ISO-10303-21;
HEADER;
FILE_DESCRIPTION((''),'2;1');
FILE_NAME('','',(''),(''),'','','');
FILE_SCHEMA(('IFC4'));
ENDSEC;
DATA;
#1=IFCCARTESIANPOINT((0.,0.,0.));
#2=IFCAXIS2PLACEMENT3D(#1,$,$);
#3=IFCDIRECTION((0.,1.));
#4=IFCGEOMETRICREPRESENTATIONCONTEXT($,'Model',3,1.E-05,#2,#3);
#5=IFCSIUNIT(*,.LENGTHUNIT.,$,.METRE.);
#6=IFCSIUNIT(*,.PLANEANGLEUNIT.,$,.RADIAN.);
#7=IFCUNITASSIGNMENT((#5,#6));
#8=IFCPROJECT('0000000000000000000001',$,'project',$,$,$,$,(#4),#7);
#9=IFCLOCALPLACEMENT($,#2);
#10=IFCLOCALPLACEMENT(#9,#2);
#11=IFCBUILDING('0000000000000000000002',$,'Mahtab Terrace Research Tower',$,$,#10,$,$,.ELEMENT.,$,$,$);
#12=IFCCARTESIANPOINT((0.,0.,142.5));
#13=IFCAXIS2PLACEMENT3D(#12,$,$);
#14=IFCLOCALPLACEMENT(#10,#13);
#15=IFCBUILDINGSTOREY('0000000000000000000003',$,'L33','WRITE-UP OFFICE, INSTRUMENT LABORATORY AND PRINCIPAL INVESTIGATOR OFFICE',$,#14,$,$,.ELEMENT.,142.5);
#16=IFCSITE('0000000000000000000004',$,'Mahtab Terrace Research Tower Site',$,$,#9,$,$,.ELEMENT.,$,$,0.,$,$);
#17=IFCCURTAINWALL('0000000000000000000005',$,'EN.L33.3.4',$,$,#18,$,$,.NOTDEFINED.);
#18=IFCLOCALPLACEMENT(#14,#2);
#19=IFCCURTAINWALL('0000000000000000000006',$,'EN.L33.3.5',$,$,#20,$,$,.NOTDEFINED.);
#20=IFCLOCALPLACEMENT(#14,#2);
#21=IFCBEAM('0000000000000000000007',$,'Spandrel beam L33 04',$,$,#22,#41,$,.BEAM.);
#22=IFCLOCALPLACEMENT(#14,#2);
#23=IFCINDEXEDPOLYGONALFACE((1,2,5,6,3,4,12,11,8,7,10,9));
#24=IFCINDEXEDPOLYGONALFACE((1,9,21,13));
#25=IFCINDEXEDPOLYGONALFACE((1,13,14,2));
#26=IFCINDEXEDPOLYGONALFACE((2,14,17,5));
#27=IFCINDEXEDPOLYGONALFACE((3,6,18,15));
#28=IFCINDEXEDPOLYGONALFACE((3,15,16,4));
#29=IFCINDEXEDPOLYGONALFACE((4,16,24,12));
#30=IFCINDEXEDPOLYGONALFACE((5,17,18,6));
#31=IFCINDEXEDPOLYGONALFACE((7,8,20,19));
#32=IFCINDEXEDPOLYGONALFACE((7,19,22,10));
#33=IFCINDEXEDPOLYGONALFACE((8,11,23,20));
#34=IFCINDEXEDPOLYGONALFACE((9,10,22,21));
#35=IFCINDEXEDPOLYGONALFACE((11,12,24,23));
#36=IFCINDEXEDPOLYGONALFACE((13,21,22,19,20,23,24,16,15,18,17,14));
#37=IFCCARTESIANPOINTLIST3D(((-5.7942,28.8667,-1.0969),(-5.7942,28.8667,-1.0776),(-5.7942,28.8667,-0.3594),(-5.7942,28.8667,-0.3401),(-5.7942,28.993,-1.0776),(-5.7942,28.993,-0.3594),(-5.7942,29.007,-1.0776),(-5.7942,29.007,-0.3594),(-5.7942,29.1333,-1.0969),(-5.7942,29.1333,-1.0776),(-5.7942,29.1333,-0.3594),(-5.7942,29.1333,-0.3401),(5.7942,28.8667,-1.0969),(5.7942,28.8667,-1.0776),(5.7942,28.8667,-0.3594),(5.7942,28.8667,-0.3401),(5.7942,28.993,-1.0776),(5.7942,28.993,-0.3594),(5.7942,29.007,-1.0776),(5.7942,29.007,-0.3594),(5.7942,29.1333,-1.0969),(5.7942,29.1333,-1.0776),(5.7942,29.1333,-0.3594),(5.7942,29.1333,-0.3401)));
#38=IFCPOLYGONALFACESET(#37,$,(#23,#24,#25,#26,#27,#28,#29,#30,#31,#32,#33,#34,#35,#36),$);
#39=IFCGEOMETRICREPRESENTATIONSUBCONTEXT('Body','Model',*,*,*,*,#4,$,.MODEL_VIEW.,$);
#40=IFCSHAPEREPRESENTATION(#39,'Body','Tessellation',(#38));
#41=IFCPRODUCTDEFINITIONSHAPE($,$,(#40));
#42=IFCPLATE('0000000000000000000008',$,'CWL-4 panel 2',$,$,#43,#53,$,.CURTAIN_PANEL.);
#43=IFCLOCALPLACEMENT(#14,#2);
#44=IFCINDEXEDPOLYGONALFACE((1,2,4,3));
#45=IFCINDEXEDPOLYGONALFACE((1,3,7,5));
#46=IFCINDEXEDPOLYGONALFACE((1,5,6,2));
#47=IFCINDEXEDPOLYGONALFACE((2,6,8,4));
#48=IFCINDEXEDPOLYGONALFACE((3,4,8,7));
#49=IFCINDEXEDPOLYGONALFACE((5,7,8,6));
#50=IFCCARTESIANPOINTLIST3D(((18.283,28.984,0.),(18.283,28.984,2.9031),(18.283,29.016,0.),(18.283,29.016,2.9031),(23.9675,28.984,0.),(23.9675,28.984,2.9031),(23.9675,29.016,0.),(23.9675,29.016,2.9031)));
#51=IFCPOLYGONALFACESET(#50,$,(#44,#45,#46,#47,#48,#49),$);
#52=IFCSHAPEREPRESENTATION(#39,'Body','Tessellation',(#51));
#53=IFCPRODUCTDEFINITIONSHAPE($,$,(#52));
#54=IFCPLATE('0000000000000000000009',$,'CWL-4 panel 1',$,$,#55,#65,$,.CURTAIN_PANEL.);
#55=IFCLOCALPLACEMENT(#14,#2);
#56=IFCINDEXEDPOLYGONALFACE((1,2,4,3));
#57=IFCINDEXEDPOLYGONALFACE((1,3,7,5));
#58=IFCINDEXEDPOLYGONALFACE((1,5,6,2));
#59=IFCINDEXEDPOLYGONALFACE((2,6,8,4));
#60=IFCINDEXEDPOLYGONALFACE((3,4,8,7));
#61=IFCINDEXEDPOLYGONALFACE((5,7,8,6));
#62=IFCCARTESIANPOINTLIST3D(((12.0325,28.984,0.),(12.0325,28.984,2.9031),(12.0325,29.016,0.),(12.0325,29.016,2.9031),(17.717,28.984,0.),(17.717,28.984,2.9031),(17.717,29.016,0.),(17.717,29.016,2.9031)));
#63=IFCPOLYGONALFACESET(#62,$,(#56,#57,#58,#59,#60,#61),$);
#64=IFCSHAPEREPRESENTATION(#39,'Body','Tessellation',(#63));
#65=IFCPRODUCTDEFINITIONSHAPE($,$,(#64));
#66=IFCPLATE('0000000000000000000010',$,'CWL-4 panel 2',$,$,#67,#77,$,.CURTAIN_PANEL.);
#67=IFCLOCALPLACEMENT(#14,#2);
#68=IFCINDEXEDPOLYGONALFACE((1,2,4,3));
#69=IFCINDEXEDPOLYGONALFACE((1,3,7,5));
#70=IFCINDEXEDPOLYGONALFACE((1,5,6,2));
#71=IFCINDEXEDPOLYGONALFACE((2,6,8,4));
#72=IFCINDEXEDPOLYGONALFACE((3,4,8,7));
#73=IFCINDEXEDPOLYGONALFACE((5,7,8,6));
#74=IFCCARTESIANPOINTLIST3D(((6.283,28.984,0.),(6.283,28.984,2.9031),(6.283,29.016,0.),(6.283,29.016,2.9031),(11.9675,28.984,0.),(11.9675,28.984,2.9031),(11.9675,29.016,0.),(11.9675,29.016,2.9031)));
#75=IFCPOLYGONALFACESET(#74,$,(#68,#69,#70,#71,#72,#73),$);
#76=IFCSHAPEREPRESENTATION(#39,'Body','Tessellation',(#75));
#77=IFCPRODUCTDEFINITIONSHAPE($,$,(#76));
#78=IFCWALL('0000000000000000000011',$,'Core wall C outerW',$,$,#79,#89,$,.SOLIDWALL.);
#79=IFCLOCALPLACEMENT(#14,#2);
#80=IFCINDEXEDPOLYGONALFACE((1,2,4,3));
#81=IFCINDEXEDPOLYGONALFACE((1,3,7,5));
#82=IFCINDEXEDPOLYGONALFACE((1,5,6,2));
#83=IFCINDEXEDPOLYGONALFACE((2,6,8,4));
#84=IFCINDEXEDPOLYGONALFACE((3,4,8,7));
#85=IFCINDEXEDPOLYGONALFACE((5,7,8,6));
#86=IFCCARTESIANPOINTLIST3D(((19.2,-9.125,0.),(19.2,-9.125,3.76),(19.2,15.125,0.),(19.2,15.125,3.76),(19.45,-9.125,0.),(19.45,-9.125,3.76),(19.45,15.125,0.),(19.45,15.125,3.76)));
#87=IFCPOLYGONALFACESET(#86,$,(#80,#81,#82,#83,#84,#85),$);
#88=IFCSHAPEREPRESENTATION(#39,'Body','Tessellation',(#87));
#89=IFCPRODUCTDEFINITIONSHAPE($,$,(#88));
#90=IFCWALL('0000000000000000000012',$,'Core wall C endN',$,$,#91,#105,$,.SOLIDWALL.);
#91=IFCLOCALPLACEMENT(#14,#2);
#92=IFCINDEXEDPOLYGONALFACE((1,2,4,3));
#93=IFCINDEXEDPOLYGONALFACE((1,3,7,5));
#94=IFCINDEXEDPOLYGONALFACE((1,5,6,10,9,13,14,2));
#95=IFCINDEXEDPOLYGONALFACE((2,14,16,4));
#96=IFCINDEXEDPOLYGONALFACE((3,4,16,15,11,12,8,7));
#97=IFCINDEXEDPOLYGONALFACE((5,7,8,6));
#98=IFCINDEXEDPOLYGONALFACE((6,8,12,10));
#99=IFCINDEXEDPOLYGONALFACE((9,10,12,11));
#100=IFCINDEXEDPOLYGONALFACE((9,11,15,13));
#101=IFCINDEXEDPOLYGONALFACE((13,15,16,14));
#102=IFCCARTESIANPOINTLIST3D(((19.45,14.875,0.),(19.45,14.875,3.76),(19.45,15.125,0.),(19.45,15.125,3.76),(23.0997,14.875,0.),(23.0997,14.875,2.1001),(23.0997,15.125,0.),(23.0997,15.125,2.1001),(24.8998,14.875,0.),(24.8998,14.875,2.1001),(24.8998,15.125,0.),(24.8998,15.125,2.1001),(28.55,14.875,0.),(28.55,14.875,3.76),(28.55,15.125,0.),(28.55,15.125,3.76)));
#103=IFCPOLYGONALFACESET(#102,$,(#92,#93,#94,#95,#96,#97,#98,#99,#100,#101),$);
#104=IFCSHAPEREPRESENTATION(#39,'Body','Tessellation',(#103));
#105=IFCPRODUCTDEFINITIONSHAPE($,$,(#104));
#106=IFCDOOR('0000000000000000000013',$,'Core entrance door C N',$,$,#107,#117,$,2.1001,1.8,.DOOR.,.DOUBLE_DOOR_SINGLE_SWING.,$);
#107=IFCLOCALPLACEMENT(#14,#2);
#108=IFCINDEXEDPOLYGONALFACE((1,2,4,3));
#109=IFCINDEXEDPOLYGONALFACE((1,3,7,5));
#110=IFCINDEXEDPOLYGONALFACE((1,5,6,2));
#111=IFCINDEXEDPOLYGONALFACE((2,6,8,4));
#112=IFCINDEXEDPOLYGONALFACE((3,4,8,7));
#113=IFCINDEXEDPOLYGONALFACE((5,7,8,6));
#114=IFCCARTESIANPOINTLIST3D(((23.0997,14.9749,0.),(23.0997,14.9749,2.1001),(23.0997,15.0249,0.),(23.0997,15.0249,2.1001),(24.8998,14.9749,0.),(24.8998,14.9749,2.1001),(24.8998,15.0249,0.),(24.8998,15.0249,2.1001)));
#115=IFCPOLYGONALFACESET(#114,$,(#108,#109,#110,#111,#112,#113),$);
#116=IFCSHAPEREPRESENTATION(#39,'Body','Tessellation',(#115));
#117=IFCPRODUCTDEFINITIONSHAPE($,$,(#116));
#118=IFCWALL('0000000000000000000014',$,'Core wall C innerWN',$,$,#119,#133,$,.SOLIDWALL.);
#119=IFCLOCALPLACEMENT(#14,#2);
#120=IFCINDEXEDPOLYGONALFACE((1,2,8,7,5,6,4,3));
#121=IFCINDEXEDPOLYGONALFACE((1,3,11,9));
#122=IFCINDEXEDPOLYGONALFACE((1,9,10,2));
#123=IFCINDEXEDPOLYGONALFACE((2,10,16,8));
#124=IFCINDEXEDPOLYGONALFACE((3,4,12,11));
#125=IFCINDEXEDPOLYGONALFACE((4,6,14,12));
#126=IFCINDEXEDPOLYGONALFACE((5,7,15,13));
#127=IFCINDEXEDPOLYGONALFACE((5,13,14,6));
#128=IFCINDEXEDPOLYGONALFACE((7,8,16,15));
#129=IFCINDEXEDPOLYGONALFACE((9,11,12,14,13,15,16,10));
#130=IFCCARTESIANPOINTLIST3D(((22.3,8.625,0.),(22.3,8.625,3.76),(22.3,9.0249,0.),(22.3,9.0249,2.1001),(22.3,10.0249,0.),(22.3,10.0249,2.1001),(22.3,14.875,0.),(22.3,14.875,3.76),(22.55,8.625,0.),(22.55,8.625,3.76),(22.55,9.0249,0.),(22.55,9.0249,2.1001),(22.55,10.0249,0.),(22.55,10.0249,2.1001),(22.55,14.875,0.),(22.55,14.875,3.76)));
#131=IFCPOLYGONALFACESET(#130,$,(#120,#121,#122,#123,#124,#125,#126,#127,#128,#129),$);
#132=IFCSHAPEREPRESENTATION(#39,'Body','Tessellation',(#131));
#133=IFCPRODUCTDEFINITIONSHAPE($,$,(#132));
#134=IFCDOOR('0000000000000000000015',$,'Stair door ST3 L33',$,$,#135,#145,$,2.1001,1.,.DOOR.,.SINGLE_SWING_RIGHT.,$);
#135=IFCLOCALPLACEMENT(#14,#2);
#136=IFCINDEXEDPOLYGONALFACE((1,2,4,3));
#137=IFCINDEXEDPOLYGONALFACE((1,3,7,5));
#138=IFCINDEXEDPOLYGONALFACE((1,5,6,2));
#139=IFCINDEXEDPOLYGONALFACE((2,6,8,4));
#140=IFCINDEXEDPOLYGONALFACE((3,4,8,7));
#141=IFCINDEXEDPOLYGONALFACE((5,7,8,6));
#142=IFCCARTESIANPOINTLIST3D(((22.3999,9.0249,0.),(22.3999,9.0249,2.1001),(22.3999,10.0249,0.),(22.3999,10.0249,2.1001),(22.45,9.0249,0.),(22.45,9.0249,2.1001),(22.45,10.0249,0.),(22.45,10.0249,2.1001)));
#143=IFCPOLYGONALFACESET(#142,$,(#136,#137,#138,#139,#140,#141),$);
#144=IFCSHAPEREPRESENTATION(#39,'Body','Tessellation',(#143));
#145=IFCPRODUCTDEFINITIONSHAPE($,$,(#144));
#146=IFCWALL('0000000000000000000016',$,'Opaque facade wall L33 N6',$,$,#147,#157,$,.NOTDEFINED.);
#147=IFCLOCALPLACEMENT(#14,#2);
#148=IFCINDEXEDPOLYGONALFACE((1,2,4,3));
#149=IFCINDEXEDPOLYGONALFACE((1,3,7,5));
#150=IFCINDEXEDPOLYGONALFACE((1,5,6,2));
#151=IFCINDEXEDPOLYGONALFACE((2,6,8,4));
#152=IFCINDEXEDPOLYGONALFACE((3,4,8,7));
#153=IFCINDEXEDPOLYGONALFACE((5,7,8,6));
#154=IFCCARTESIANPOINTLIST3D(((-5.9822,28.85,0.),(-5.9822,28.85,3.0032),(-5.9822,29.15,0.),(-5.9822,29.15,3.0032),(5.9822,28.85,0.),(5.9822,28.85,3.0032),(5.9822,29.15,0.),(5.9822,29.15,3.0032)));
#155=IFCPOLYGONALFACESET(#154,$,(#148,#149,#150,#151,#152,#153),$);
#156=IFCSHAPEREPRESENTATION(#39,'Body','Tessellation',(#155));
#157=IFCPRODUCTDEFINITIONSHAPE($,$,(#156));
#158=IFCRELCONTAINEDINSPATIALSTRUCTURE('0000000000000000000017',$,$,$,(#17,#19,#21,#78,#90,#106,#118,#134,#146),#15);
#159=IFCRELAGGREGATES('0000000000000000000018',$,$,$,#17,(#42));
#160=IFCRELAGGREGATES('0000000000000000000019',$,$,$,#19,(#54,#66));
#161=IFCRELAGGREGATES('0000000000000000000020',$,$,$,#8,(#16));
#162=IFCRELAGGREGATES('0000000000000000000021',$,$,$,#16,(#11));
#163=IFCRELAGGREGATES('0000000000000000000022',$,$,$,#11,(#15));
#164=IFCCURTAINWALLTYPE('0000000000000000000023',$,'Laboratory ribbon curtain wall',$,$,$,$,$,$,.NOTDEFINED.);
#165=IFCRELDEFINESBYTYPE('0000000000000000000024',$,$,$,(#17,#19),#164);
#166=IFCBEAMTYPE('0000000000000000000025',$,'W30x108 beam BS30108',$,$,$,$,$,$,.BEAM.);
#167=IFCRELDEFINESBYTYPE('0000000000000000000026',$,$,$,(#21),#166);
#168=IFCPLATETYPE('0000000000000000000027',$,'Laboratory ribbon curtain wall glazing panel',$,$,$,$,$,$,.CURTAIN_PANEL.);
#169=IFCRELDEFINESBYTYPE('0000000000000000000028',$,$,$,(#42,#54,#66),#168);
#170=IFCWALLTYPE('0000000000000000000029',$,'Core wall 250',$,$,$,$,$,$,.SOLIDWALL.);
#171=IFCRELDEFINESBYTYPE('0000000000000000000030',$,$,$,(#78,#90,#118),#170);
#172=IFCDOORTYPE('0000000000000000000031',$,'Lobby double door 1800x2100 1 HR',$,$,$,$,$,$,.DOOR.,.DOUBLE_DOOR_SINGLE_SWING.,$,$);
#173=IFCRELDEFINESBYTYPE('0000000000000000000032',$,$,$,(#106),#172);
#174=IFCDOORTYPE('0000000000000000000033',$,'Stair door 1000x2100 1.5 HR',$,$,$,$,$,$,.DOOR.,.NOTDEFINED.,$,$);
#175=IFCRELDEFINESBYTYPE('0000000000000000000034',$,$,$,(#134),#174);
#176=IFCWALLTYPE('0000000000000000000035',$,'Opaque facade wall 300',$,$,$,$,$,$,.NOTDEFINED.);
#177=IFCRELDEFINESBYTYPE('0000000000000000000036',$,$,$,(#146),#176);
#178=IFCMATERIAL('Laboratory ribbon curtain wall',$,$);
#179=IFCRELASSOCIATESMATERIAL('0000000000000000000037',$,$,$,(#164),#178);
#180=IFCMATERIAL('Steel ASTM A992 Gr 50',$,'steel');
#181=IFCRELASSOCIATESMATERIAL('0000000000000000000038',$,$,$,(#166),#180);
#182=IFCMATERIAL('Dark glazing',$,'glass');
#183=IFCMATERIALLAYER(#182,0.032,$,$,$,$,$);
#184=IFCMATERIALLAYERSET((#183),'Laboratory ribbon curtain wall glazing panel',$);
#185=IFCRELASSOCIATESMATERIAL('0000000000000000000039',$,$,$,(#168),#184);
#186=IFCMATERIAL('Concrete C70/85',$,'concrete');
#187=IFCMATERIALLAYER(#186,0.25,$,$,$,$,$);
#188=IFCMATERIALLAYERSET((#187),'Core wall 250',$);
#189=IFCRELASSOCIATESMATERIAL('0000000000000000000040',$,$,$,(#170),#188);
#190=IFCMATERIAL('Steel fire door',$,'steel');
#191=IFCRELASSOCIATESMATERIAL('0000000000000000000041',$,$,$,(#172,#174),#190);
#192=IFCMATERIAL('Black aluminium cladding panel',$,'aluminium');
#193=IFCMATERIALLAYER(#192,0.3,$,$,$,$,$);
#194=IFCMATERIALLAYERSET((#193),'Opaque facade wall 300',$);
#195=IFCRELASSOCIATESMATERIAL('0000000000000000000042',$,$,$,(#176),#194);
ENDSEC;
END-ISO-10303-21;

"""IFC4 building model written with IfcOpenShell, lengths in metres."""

from ifc_helpers import new_model, si_unit, direction, frame, frame_2d, origin, origin_2d, place, context, subcontext, project, spatial, rectangle, i_section, extrude, material, layer, layer_set, material_profile, profile_set, type_object, element, fill, aggregate, save


model = new_model("IFC4")

# Units and contexts
model_context = context("Model", 3, precision=1e-05, world=origin(), true_north=direction((0.0, 1.0)))
body_context = subcontext(model_context, "Body", "Model", "MODEL_VIEW")
ifc_project = project(units=[si_unit("LENGTHUNIT", "METRE"), si_unit("PLANEANGLEUNIT", "RADIAN")], contexts=[model_context])

# Site, building, storey
site_placement = place(None, origin())
site = spatial("IfcSite", under=ifc_project, at=site_placement, Name="Mahtab Terrace Research Tower Site", CompositionType="ELEMENT", RefElevation=0.0)
building_placement = place(site_placement, origin())
building = spatial("IfcBuilding", under=site, at=building_placement, Name="Mahtab Terrace Research Tower", CompositionType="ELEMENT")
storey_placement = place(building_placement, frame((0.0, 0.0, 142.5)))
storey = spatial("IfcBuildingStorey", under=building, at=storey_placement, Name="L33", Description="WRITE-UP OFFICE, INSTRUMENT LABORATORY AND PRINCIPAL INVESTIGATOR OFFICE", CompositionType="ELEMENT", Elevation=142.5)

# Shared definitions
ifc_material_1 = material(Name="Steel ASTM A992 Gr 50", Category="steel")

# Curtain walls
ifc_material_2 = material(Name="Laboratory ribbon curtain wall")
curtain_wall_type = type_object("IfcCurtainWallType", Name="Laboratory ribbon curtain wall", PredefinedType="NOTDEFINED", material=ifc_material_2)
curtain_wall_1_placement = place(storey_placement, origin())
curtain_wall_1 = element("IfcCurtainWall", 1, at=curtain_wall_1_placement, inside=storey, type_object=curtain_wall_type, Name="EN.L33.3.4", PredefinedType="NOTDEFINED")
curtain_wall_2_placement = place(storey_placement, origin())
curtain_wall_2 = element("IfcCurtainWall", 2, at=curtain_wall_2_placement, inside=storey, type_object=curtain_wall_type, Name="EN.L33.3.5", PredefinedType="NOTDEFINED")

# Beam
ifc_material_profile_1 = material_profile(ifc_material_1, i_section(OverallWidth=0.2666, OverallDepth=0.7568, WebThickness=0.0139, FlangeThickness=0.0193, at=origin_2d()), Name="W30X108")
ifc_profile_set_1 = profile_set([ifc_material_profile_1], Name="Steel ASTM A992 Gr 50")
beam_type = type_object("IfcBeamType", Name="W30x108 beam BS30108", PredefinedType="BEAM", material=ifc_profile_set_1)
for number, where, z_axis, x_axis, name in (
    (3, (5.7942, 29.0, -0.7185), (-1.0, 0.0, 0.0), (0.0, -1.0, 0.0), "Spandrel beam L33 04"),
):
    element("IfcBeam", number, at=place(storey_placement, frame(where, z_axis=z_axis, x_axis=x_axis)), inside=storey, type_object=beam_type, Name=name, PredefinedType="BEAM", context=body_context, shape_type="SweptSolid", body=[
        extrude(i_section(OverallWidth=0.2666, OverallDepth=0.7568, WebThickness=0.0139, FlangeThickness=0.0193, at=origin_2d()), origin(), (0.0, 0.0, 1.0), 11.5884),
    ])

# Plates
ifc_material_3 = material(Name="Dark glazing", Category="glass")
ifc_layer_1 = layer(ifc_material_3, 0.032)
ifc_layer_set_1 = layer_set([ifc_layer_1], Name="Laboratory ribbon curtain wall glazing panel")
plate_type = type_object("IfcPlateType", Name="Laboratory ribbon curtain wall glazing panel", PredefinedType="CURTAIN_PANEL", material=ifc_layer_set_1)
plate_1_placement = place(storey_placement, frame((21.1252, 29.0, 0.0), z_axis=(0.0, 0.0, 1.0), x_axis=(-1.0, 0.0, 0.0)))
plate_1 = element("IfcPlate", 4, at=plate_1_placement, type_object=plate_type, Name="CWL-4 panel 2", PredefinedType="CURTAIN_PANEL", context=body_context, shape_type="SweptSolid", body=[
    extrude(rectangle(XDim=5.6846, YDim=0.032, at=origin_2d()), origin(), (0.0, 0.0, 1.0), 2.9031),
])
aggregate(curtain_wall_1, [plate_1])
plate_2_placement = place(storey_placement, frame((14.8748, 29.0, 0.0), z_axis=(0.0, 0.0, 1.0), x_axis=(-1.0, 0.0, 0.0)))
plate_2 = element("IfcPlate", 5, at=plate_2_placement, type_object=plate_type, Name="CWL-4 panel 1", PredefinedType="CURTAIN_PANEL", context=body_context, shape_type="SweptSolid", body=[
    extrude(rectangle(XDim=5.6846, YDim=0.032, at=origin_2d()), origin(), (0.0, 0.0, 1.0), 2.9031),
])
plate_3_placement = place(storey_placement, frame((9.1252, 29.0, 0.0), z_axis=(0.0, 0.0, 1.0), x_axis=(-1.0, 0.0, 0.0)))
plate_3 = element("IfcPlate", 6, at=plate_3_placement, type_object=plate_type, Name="CWL-4 panel 2", PredefinedType="CURTAIN_PANEL", context=body_context, shape_type="SweptSolid", body=[
    extrude(rectangle(XDim=5.6846, YDim=0.032, at=origin_2d()), origin(), (0.0, 0.0, 1.0), 2.9031),
])
aggregate(curtain_wall_2, [plate_2, plate_3])

# Wall
ifc_material_4 = material(Name="Concrete C70/85", Category="concrete")
ifc_layer_2 = layer(ifc_material_4, 0.25)
ifc_layer_set_2 = layer_set([ifc_layer_2], Name="Core wall 250")
wall_type_1 = type_object("IfcWallType", Name="Core wall 250", PredefinedType="SOLIDWALL", material=ifc_layer_set_2)
wall_1_placement = place(storey_placement, frame((19.325, 15.125, 0.0), z_axis=(0.0, 0.0, 1.0), x_axis=(0.0, -1.0, 0.0)))
element("IfcWall", 7, at=wall_1_placement, inside=storey, type_object=wall_type_1, Name="Core wall C outerW", PredefinedType="SOLIDWALL", context=body_context, shape_type="SweptSolid", body=[
    extrude(rectangle(XDim=24.25, YDim=0.25, at=frame_2d((12.125, 0.0))), origin(), (0.0, 0.0, 1.0), 3.76),
])

# Walls, openings, doors
wall_2_placement = place(storey_placement, frame((19.45, 15.0, 0.0), z_axis=(0.0, 0.0, 1.0), x_axis=(1.0, 0.0, 0.0)))
wall_2 = element("IfcWall", 8, at=wall_2_placement, inside=storey, type_object=wall_type_1, Name="Core wall C endN", PredefinedType="SOLIDWALL", context=body_context, shape_type="SweptSolid", body=[
    extrude(rectangle(XDim=9.1001, YDim=0.25, at=frame_2d((4.55, 0.0))), origin(), (0.0, 0.0, 1.0), 3.76),
])
opening_1_placement = place(wall_2_placement, frame((3.6499, 0.0, 0.0)))
opening_1 = element("IfcOpeningElement", 9, at=opening_1_placement, cuts=wall_2, PredefinedType="OPENING", context=body_context, shape_type="SweptSolid", body=[
    extrude(rectangle(XDim=1.8, YDim=2.1001, at=frame_2d((0.8999, 1.05))), frame((0.0, 0.135, 0.0), z_axis=(0.0, -1.0, 0.0), x_axis=(1.0, 0.0, 0.0)), (0.0, 0.0, 1.0), 0.27),
])
ifc_material_5 = material(Name="Steel fire door", Category="steel")
door_type_1 = type_object("IfcDoorType", Name="Lobby double door 1800x2100 1 HR", OperationType="DOUBLE_DOOR_SINGLE_SWING", PredefinedType="DOOR", material=ifc_material_5)
door_1_placement = place(opening_1_placement, origin())
door_1 = element("IfcDoor", 10, at=door_1_placement, inside=storey, type_object=door_type_1, Name="Core entrance door C N", OperationType="DOUBLE_DOOR_SINGLE_SWING", OverallHeight=2.1001, OverallWidth=1.8, PredefinedType="DOOR", context=body_context, shape_type="SweptSolid", body=[
    extrude(rectangle(XDim=1.8, YDim=2.1001, at=frame_2d((0.8999, 1.05))), frame((0.0, 0.0249, 0.0), z_axis=(0.0, -1.0, 0.0), x_axis=(1.0, 0.0, 0.0)), (0.0, 0.0, 1.0), 0.05),
])
fill(opening_1, door_1)
wall_3_placement = place(storey_placement, frame((22.425, 14.875, 0.0), z_axis=(0.0, 0.0, 1.0), x_axis=(0.0, -1.0, 0.0)))
wall_3 = element("IfcWall", 11, at=wall_3_placement, inside=storey, type_object=wall_type_1, Name="Core wall C innerWN", PredefinedType="SOLIDWALL", context=body_context, shape_type="SweptSolid", body=[
    extrude(rectangle(XDim=6.25, YDim=0.25, at=frame_2d((3.125, 0.0))), origin(), (0.0, 0.0, 1.0), 3.76),
])
opening_2_placement = place(wall_3_placement, frame((4.8501, 0.0, 0.0)))
opening_2 = element("IfcOpeningElement", 12, at=opening_2_placement, cuts=wall_3, PredefinedType="OPENING", context=body_context, shape_type="SweptSolid", body=[
    extrude(rectangle(XDim=1.0, YDim=2.1001, at=frame_2d((0.5, 1.05))), frame((0.0, 0.135, 0.0), z_axis=(0.0, -1.0, 0.0), x_axis=(1.0, 0.0, 0.0)), (0.0, 0.0, 1.0), 0.27),
])
door_type_2 = type_object("IfcDoorType", Name="Stair door 1000x2100 1.5 HR", OperationType="NOTDEFINED", PredefinedType="DOOR", material=ifc_material_5)
door_2_placement = place(opening_2_placement, origin())
door_2 = element("IfcDoor", 13, at=door_2_placement, inside=storey, type_object=door_type_2, Name="Stair door ST3 L33", OperationType="SINGLE_SWING_RIGHT", OverallHeight=2.1001, OverallWidth=1.0, PredefinedType="DOOR", context=body_context, shape_type="SweptSolid", body=[
    extrude(rectangle(XDim=1.0, YDim=2.1001, at=frame_2d((0.5, 1.05))), frame((0.0, 0.0249, 0.0), z_axis=(0.0, -1.0, 0.0), x_axis=(1.0, 0.0, 0.0)), (0.0, 0.0, 1.0), 0.05),
])
fill(opening_2, door_2)

# Wall
ifc_material_6 = material(Name="Black aluminium cladding panel", Category="aluminium")
ifc_layer_3 = layer(ifc_material_6, 0.3)
ifc_layer_set_3 = layer_set([ifc_layer_3], Name="Opaque facade wall 300")
wall_type_2 = type_object("IfcWallType", Name="Opaque facade wall 300", PredefinedType="NOTDEFINED", material=ifc_layer_set_3)
wall_4_placement = place(storey_placement, frame((5.9822, 29.0, 0.0), z_axis=(0.0, 0.0, 1.0), x_axis=(-1.0, 0.0, 0.0)))
element("IfcWall", 14, at=wall_4_placement, inside=storey, type_object=wall_type_2, Name="Opaque facade wall L33 N6", PredefinedType="NOTDEFINED", context=body_context, shape_type="SweptSolid", body=[
    extrude(rectangle(XDim=11.9644, YDim=0.3, at=frame_2d((5.9822, 0.0))), origin(), (0.0, 0.0, 1.0), 3.0032),
])

save(model, "model.ifc")
